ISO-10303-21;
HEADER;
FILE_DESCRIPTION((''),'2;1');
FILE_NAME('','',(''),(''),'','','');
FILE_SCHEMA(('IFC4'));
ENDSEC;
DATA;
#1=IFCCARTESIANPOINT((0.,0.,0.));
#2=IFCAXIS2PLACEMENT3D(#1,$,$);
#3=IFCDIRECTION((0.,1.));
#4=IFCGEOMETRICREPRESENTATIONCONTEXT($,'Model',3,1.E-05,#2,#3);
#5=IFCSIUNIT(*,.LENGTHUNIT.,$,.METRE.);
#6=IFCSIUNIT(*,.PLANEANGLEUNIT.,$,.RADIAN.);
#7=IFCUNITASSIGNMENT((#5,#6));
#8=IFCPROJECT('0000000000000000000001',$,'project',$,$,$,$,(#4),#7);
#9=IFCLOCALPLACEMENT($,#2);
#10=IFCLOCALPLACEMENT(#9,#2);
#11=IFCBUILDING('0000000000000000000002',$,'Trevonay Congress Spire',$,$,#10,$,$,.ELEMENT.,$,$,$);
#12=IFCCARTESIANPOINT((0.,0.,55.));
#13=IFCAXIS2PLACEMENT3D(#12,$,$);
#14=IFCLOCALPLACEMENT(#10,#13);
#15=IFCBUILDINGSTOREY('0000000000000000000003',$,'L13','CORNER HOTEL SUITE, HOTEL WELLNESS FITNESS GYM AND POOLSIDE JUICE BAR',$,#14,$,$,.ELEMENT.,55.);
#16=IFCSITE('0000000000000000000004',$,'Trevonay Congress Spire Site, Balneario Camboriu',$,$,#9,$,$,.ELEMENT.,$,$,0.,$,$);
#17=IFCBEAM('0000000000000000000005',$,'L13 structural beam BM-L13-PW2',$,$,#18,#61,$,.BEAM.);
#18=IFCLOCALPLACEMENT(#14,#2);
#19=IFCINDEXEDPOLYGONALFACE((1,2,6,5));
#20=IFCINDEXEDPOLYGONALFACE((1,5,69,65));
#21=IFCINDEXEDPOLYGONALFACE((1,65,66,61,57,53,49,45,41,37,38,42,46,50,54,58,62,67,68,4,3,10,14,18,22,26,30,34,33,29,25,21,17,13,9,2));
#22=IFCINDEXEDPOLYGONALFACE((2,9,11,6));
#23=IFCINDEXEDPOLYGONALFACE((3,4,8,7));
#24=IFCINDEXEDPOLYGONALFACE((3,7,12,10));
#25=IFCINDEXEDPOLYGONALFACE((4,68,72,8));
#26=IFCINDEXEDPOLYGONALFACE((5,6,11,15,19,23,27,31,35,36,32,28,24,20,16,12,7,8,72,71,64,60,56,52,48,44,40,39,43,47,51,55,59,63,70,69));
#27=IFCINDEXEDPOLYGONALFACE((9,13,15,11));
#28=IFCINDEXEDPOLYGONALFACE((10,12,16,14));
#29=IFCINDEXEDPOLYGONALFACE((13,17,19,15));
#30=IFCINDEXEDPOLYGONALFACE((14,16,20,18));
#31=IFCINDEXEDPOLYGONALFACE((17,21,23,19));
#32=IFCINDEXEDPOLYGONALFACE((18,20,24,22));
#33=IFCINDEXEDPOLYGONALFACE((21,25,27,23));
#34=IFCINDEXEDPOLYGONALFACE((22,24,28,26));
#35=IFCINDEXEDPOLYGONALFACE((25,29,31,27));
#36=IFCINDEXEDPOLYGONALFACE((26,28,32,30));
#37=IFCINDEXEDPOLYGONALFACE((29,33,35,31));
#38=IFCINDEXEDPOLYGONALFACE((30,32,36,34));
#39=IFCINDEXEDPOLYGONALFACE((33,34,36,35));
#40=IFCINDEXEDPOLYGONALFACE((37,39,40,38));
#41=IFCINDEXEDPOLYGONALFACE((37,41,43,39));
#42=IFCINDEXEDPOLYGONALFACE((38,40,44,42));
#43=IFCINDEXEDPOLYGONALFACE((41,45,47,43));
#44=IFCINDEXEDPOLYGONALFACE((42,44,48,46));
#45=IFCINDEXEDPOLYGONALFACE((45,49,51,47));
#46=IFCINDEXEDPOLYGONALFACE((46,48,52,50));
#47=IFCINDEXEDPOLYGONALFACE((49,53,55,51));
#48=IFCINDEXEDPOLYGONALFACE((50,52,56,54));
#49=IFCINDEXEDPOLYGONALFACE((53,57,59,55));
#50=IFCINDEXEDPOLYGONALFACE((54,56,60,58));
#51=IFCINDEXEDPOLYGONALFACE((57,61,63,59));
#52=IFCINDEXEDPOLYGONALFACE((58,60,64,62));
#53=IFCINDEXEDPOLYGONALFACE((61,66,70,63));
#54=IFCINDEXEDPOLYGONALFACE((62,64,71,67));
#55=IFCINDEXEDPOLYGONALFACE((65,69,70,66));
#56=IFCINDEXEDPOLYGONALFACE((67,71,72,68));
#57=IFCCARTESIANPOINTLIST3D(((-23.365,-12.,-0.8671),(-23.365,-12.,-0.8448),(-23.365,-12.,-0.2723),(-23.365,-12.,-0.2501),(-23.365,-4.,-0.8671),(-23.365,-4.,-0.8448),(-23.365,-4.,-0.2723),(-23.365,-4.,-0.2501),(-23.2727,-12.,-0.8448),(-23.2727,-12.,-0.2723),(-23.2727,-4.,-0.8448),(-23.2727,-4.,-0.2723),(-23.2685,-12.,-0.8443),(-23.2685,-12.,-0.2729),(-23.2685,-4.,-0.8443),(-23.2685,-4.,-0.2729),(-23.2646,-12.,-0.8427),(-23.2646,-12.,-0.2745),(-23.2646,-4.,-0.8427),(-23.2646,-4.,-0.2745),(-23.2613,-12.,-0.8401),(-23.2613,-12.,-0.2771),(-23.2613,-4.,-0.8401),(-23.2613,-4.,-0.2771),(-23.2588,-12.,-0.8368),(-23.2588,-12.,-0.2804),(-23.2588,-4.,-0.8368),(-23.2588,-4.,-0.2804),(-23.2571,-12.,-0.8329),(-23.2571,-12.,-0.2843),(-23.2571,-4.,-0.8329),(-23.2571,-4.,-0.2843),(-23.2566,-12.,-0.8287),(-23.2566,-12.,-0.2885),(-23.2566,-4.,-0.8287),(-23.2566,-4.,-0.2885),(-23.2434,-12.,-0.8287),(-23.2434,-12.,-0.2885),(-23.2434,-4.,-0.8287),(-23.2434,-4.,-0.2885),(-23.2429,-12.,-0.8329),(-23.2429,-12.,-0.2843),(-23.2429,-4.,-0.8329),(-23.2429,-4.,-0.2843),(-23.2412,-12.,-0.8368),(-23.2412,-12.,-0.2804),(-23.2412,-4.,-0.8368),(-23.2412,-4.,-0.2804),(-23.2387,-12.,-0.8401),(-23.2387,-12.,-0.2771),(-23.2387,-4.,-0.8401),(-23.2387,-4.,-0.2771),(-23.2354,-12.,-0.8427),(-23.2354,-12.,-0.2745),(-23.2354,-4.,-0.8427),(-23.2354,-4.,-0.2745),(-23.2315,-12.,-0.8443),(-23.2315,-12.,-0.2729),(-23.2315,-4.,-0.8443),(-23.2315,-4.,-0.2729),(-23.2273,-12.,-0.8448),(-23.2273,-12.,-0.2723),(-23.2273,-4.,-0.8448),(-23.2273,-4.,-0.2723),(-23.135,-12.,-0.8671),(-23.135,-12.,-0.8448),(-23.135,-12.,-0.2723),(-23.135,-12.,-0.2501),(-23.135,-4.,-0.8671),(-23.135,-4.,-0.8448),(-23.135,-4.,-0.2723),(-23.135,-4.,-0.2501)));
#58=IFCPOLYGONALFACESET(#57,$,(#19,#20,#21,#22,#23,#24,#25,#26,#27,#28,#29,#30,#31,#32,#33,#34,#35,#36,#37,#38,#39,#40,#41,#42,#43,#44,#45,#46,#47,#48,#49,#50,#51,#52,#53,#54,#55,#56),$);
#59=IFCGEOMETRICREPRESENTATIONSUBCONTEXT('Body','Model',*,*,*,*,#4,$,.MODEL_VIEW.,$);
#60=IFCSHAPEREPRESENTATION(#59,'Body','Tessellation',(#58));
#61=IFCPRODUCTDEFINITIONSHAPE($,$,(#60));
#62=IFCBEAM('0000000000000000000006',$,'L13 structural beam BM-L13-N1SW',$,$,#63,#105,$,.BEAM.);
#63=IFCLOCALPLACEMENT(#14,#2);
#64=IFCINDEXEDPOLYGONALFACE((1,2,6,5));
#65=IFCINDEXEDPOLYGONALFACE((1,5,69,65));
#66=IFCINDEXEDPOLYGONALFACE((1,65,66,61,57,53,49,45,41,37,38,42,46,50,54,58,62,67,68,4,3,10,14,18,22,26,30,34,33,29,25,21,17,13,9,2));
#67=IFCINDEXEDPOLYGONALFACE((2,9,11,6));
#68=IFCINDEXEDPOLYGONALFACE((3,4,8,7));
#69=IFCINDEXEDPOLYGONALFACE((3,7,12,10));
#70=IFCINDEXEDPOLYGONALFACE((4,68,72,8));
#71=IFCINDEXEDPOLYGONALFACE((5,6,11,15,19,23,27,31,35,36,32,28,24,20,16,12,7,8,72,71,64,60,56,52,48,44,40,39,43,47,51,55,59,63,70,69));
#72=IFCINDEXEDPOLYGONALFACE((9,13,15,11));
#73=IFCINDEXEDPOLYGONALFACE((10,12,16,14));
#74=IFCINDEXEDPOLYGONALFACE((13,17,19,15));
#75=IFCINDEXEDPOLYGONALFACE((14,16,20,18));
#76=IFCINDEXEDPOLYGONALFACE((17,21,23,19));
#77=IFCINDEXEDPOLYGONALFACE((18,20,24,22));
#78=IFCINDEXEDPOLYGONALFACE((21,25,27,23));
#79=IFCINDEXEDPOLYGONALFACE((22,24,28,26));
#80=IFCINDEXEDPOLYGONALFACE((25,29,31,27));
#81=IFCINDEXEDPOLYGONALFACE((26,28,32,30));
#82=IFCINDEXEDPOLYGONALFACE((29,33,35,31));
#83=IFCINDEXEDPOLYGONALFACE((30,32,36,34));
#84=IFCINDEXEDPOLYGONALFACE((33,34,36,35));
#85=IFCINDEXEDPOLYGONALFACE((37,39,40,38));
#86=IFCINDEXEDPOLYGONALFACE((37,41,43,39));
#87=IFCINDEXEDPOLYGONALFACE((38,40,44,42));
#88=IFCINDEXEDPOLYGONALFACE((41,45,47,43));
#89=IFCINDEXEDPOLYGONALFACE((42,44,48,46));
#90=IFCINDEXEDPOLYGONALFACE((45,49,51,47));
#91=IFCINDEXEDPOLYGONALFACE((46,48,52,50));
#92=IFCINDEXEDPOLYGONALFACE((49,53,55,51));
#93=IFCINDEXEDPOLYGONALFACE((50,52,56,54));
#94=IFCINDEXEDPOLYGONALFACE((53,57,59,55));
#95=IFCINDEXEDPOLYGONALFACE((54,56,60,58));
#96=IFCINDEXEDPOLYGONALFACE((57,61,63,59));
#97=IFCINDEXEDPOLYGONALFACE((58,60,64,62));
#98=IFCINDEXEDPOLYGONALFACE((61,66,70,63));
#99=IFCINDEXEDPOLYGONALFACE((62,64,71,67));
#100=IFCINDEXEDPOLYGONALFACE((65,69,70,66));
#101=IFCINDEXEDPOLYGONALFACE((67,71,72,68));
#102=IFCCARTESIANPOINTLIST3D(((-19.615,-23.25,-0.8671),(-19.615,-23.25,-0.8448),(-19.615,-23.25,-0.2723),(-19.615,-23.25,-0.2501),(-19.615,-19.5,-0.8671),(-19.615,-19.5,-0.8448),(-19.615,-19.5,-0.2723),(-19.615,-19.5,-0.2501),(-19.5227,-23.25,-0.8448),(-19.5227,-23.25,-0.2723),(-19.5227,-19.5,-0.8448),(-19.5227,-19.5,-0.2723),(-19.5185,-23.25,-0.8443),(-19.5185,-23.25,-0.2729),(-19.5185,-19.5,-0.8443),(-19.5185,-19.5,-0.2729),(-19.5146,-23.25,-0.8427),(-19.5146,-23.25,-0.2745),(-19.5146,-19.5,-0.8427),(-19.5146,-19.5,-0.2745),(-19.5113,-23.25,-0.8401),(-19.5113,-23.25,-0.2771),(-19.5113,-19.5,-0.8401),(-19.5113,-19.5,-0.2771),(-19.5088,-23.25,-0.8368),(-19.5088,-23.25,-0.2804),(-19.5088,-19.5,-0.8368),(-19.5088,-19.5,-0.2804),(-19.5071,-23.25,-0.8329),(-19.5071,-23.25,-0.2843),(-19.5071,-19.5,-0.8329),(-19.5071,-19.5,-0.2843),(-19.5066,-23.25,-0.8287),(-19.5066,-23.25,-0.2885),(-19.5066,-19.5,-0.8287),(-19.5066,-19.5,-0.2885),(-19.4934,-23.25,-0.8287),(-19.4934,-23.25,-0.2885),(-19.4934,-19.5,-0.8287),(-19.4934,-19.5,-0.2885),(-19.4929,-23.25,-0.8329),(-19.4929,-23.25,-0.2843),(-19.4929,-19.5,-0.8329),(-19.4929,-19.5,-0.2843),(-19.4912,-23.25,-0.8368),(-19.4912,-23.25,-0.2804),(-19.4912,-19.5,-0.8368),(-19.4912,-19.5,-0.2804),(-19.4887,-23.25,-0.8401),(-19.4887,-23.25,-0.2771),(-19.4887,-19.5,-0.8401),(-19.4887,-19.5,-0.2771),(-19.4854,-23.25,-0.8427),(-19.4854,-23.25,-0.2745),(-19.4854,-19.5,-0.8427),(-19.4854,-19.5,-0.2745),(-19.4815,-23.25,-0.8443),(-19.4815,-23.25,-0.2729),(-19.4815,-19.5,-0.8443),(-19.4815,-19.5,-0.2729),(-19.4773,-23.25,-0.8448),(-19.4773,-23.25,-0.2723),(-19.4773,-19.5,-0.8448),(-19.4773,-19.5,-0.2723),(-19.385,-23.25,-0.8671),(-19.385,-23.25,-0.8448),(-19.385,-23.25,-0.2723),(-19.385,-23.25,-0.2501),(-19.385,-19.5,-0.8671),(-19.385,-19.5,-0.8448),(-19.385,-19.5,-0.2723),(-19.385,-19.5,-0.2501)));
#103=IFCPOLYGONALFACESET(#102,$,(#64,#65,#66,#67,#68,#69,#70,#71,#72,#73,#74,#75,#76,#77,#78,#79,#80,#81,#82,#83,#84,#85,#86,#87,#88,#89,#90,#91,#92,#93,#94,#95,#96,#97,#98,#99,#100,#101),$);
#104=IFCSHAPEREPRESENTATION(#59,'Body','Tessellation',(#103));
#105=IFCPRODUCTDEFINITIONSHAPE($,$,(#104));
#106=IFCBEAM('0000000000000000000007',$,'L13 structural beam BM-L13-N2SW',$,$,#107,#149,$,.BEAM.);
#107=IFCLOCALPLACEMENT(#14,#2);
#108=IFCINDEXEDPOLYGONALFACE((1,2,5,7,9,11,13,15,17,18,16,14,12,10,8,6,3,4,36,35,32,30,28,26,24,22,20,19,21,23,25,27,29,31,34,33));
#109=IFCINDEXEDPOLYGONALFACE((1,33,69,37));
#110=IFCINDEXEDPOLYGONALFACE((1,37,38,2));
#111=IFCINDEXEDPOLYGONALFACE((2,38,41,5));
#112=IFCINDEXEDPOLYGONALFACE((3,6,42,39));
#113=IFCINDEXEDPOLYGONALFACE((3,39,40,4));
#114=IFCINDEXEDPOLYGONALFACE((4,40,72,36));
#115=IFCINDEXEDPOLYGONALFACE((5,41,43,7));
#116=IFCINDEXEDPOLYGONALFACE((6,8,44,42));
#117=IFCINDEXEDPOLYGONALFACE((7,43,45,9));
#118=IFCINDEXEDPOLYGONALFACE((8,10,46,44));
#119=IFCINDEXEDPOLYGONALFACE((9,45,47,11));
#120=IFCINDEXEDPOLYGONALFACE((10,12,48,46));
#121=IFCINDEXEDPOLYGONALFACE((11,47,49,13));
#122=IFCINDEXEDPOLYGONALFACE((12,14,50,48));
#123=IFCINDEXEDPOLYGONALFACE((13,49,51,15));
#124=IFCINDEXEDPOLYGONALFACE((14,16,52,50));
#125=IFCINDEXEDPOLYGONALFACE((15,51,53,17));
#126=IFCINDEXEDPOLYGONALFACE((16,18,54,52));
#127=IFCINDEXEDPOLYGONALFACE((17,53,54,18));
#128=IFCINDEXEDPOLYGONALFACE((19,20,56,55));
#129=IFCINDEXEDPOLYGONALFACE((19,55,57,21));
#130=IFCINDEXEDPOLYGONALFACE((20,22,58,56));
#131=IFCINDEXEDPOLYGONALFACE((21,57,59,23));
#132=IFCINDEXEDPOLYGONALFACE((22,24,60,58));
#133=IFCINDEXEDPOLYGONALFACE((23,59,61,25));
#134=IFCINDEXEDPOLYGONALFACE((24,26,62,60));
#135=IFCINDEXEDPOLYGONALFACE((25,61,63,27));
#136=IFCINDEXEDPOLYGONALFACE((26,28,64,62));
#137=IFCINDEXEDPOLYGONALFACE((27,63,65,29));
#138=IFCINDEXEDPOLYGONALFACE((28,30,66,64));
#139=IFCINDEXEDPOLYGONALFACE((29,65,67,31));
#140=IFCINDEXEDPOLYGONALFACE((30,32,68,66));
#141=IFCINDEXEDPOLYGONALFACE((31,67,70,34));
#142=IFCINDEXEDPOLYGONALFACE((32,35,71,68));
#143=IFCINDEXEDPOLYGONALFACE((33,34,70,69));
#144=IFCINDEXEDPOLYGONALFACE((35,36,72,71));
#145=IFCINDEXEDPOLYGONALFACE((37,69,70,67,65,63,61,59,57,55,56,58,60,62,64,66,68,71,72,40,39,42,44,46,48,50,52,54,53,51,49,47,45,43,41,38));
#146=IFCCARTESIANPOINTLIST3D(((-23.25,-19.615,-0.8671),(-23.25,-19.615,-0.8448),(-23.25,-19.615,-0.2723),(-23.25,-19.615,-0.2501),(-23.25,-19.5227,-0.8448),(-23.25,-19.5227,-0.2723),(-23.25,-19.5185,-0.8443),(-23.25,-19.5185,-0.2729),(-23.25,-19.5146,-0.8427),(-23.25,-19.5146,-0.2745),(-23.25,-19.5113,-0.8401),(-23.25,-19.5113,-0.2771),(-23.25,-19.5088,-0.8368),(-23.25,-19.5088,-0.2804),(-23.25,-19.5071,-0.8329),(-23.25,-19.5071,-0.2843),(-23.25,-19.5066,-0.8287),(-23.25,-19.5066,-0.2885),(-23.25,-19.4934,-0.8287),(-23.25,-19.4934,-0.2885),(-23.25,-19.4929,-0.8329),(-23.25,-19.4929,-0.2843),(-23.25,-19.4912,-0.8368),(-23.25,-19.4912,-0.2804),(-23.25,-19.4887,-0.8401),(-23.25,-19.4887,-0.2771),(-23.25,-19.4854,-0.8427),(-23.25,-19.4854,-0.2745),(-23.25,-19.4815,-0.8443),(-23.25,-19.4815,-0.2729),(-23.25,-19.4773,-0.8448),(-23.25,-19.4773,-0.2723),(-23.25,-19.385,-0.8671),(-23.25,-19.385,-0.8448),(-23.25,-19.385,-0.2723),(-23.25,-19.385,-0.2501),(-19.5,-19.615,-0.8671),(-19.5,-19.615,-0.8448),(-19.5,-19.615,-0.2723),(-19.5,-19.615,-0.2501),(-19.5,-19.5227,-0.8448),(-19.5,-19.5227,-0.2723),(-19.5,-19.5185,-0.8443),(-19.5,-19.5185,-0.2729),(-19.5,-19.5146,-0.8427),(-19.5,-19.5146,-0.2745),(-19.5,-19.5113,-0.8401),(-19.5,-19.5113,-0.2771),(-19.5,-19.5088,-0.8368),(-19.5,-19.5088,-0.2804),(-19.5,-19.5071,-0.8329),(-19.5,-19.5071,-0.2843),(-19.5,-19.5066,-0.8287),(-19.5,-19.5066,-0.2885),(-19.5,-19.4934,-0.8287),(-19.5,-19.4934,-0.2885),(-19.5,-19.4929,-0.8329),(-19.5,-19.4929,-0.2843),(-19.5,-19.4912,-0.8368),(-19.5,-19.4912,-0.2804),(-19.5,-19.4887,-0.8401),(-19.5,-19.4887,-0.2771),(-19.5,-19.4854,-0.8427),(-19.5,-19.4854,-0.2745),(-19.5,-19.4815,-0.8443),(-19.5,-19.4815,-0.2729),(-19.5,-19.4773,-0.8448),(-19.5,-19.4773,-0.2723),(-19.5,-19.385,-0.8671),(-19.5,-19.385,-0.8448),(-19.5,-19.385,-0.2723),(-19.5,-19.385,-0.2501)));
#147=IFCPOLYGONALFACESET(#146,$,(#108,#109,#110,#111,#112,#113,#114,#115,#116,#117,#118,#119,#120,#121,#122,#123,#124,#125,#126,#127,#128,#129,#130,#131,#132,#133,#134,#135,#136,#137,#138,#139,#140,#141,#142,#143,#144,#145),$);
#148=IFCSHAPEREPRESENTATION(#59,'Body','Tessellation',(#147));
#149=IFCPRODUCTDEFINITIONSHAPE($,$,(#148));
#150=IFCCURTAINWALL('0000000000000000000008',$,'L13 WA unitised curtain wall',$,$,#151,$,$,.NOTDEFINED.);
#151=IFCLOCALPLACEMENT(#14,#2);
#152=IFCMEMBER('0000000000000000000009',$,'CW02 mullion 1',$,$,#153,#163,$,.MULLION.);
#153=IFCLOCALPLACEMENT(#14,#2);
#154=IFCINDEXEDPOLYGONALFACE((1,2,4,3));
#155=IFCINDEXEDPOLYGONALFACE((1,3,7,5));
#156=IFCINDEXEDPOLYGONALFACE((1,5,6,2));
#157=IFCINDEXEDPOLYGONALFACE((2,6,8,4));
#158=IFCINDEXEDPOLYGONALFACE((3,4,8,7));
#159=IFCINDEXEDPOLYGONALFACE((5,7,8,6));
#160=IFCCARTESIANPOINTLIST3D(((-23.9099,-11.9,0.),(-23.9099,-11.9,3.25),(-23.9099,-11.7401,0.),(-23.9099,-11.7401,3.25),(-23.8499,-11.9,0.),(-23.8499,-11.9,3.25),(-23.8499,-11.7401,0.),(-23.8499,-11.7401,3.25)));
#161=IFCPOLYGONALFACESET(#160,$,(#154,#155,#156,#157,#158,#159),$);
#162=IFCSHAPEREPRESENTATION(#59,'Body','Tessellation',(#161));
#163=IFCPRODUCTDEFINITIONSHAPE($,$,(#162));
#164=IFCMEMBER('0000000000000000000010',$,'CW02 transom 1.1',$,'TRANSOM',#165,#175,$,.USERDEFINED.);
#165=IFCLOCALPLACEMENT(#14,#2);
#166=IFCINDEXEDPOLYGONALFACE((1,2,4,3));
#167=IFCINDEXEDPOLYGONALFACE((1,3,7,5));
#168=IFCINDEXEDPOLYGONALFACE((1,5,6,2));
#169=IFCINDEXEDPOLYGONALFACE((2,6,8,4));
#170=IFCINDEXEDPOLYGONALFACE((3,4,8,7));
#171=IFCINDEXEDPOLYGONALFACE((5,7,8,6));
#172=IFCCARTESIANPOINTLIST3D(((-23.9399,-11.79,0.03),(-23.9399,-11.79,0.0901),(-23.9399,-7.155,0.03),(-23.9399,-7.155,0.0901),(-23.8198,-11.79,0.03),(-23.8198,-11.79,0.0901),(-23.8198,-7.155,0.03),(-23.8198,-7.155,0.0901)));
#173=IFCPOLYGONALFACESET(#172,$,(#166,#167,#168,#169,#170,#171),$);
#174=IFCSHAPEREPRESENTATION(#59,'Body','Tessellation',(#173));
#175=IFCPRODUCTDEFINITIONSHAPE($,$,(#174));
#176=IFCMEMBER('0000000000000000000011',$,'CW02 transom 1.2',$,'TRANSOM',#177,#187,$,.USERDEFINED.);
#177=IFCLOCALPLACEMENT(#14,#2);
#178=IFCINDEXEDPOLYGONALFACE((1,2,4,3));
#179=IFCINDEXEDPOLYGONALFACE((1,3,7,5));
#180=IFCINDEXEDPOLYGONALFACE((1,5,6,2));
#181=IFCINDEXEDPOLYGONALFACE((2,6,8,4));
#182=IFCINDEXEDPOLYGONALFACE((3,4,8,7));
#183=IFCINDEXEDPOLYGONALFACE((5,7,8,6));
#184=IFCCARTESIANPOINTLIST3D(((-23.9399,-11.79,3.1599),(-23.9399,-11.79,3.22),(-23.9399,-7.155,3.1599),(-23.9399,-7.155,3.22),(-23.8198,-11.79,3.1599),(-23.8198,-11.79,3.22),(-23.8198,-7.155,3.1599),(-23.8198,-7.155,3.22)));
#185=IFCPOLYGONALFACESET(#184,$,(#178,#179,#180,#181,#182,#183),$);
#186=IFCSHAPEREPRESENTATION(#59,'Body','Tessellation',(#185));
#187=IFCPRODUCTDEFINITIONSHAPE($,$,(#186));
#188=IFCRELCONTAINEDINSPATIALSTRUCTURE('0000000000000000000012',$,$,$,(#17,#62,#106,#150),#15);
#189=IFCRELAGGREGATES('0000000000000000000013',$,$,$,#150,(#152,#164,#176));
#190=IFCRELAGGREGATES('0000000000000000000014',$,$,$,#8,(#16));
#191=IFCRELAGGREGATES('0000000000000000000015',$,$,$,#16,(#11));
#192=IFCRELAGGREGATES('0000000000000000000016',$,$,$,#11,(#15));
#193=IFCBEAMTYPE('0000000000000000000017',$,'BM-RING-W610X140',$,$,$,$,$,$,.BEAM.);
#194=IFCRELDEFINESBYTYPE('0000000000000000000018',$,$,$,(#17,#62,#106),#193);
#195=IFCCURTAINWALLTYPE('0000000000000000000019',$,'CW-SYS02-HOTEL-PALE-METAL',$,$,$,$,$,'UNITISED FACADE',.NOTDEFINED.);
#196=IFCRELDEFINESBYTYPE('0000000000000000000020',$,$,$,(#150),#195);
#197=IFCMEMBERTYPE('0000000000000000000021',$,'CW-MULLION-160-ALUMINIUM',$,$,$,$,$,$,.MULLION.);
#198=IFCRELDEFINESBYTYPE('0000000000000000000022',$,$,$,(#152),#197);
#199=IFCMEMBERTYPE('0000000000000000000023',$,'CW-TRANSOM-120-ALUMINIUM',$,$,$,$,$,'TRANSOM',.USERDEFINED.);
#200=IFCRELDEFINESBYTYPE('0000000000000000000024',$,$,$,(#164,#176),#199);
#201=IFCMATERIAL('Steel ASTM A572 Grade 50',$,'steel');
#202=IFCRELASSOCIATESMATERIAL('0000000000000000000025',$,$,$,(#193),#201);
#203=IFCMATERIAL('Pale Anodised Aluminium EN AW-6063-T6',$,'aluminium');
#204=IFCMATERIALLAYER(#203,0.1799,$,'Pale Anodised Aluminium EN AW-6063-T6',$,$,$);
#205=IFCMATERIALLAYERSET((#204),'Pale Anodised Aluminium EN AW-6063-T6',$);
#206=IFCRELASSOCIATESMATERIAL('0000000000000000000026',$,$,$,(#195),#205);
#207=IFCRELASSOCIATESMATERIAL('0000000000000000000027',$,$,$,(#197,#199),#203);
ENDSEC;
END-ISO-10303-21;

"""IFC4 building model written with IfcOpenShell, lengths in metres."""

from ifc_helpers import new_model, si_unit, direction, frame, origin, origin_2d, place, context, subcontext, project, spatial, rectangle, i_section, extrude, material, layer, layer_set, material_profile, profile_set, type_object, element, aggregate, save


model = new_model("IFC4")

# Units and contexts
model_context = context("Model", 3, precision=1e-05, world=origin(), true_north=direction((0.0, 1.0)))
body_context = subcontext(model_context, "Body", "Model", "MODEL_VIEW")
ifc_project = project(units=[si_unit("LENGTHUNIT", "METRE"), si_unit("PLANEANGLEUNIT", "RADIAN")], contexts=[model_context])

# Site, building, storey
site_placement = place(None, origin())
site = spatial("IfcSite", under=ifc_project, at=site_placement, Name="Trevonay Congress Spire Site, Balneario Camboriu", CompositionType="ELEMENT", RefElevation=0.0)
building_placement = place(site_placement, origin())
building = spatial("IfcBuilding", under=site, at=building_placement, Name="Trevonay Congress Spire", CompositionType="ELEMENT")
storey_placement = place(building_placement, frame((0.0, 0.0, 55.0)))
storey = spatial("IfcBuildingStorey", under=building, at=storey_placement, Name="L13", Description="CORNER HOTEL SUITE, HOTEL WELLNESS FITNESS GYM AND POOLSIDE JUICE BAR", CompositionType="ELEMENT", Elevation=55.0)

# Shared definitions
ifc_material_1 = material(Name="Steel ASTM A572 Grade 50", Category="steel")

# Beams
ifc_material_profile_1 = material_profile(ifc_material_1, i_section(OverallWidth=0.23, OverallDepth=0.6169, WebThickness=0.0132, FlangeThickness=0.0222, FilletRadius=0.0161, at=origin_2d()), Name="W610x140")
ifc_profile_set_1 = profile_set([ifc_material_profile_1], Name="Steel ASTM A572 Grade 50")
beam_type_1 = type_object("IfcBeamType", Name="BM-RING-W610X140", PredefinedType="BEAM", material=ifc_profile_set_1)
beam_1_placement = place(storey_placement, frame((-23.25, -12.0, -0.5586), z_axis=(0.0, 1.0, 0.0), x_axis=(-1.0, 0.0, 0.0)))
element("IfcBeam", 1, at=beam_1_placement, inside=storey, type_object=beam_type_1, Name="L13 structural beam BM-L13-PW2", PredefinedType="BEAM", context=body_context, shape_type="SweptSolid", body=[
    extrude(i_section(OverallWidth=0.23, OverallDepth=0.6169, WebThickness=0.0132, FlangeThickness=0.0222, FilletRadius=0.0161, at=origin_2d()), origin(), (0.0, 0.0, 1.0), 8.0),
])
for number, where, z_axis, x_axis, name in (
    (2, (-19.5, -23.25, -0.5586), (0.0, 1.0, 0.0), (-1.0, 0.0, 0.0), "L13 structural beam BM-L13-N1SW"),
    (3, (-23.25, -19.5, -0.5586), (1.0, 0.0, 0.0), (0.0, 1.0, 0.0), "L13 structural beam BM-L13-N2SW"),
):
    element("IfcBeam", number, at=place(storey_placement, frame(where, z_axis=z_axis, x_axis=x_axis)), inside=storey, type_object=beam_type_1, Name=name, PredefinedType="BEAM", context=body_context, shape_type="SweptSolid", body=[
        extrude(i_section(OverallWidth=0.23, OverallDepth=0.6169, WebThickness=0.0132, FlangeThickness=0.0222, FilletRadius=0.0161, at=origin_2d()), origin(), (0.0, 0.0, 1.0), 3.75),
    ])

# Curtain wall, members
ifc_material_2 = material(Name="Pale Anodised Aluminium EN AW-6063-T6", Category="aluminium")
ifc_layer_1 = layer(ifc_material_2, 0.1799, Name="Pale Anodised Aluminium EN AW-6063-T6")
ifc_layer_set_1 = layer_set([ifc_layer_1], Name="Pale Anodised Aluminium EN AW-6063-T6")
curtain_wall_type = type_object("IfcCurtainWallType", Name="CW-SYS02-HOTEL-PALE-METAL", ElementType="UNITISED FACADE", PredefinedType="NOTDEFINED", material=ifc_layer_set_1)
curtain_wall_placement = place(storey_placement, origin())
curtain_wall = element("IfcCurtainWall", 4, at=curtain_wall_placement, inside=storey, type_object=curtain_wall_type, Name="L13 WA unitised curtain wall", PredefinedType="NOTDEFINED")
ifc_material_profile_2 = material_profile(ifc_material_2, rectangle(XDim=0.0601, YDim=0.1599, at=origin_2d()), Name="CW-MULLION-160-ALUMINIUM")
ifc_profile_set_2 = profile_set([ifc_material_profile_2], Name="Pale Anodised Aluminium EN AW-6063-T6")
member_type_1 = type_object("IfcMemberType", Name="CW-MULLION-160-ALUMINIUM", PredefinedType="MULLION", material=ifc_profile_set_2)
member_1_placement = place(storey_placement, frame((-23.8799, -11.8201, 0.0), z_axis=(0.0, 0.0, 1.0), x_axis=(-1.0, 0.0, 0.0)))
member_1 = element("IfcMember", 5, at=member_1_placement, type_object=member_type_1, Name="CW02 mullion 1", PredefinedType="MULLION", context=body_context, shape_type="SweptSolid", body=[
    extrude(rectangle(XDim=0.0601, YDim=0.1599, at=origin_2d()), origin(), (0.0, 0.0, 1.0), 3.25),
])
ifc_material_profile_3 = material_profile(ifc_material_2, rectangle(XDim=0.1201, YDim=0.0601, at=origin_2d()), Name="CW-TRANSOM-120-ALUMINIUM")
ifc_profile_set_3 = profile_set([ifc_material_profile_3], Name="Pale Anodised Aluminium EN AW-6063-T6")
member_type_2 = type_object("IfcMemberType", Name="CW-TRANSOM-120-ALUMINIUM", ElementType="TRANSOM", PredefinedType="USERDEFINED", material=ifc_profile_set_3)
member_2_placement = place(storey_placement, frame((-23.8799, -11.79, 0.0601), z_axis=(0.0, 1.0, 0.0), x_axis=(-1.0, 0.0, 0.0)))
member_2 = element("IfcMember", 6, at=member_2_placement, type_object=member_type_2, Name="CW02 transom 1.1", ObjectType="TRANSOM", PredefinedType="USERDEFINED", context=body_context, shape_type="SweptSolid", body=[
    extrude(rectangle(XDim=0.1201, YDim=0.0601, at=origin_2d()), origin(), (0.0, 0.0, 1.0), 4.635),
])
member_3_placement = place(storey_placement, frame((-23.8799, -11.79, 3.1899), z_axis=(0.0, 1.0, 0.0), x_axis=(-1.0, 0.0, 0.0)))
member_3 = element("IfcMember", 7, at=member_3_placement, type_object=member_type_2, Name="CW02 transom 1.2", ObjectType="TRANSOM", PredefinedType="USERDEFINED", context=body_context, shape_type="SweptSolid", body=[
    extrude(rectangle(XDim=0.1201, YDim=0.0601, at=origin_2d()), origin(), (0.0, 0.0, 1.0), 4.635),
])
aggregate(curtain_wall, [member_1, member_2, member_3])

save(model, "model.ifc")
